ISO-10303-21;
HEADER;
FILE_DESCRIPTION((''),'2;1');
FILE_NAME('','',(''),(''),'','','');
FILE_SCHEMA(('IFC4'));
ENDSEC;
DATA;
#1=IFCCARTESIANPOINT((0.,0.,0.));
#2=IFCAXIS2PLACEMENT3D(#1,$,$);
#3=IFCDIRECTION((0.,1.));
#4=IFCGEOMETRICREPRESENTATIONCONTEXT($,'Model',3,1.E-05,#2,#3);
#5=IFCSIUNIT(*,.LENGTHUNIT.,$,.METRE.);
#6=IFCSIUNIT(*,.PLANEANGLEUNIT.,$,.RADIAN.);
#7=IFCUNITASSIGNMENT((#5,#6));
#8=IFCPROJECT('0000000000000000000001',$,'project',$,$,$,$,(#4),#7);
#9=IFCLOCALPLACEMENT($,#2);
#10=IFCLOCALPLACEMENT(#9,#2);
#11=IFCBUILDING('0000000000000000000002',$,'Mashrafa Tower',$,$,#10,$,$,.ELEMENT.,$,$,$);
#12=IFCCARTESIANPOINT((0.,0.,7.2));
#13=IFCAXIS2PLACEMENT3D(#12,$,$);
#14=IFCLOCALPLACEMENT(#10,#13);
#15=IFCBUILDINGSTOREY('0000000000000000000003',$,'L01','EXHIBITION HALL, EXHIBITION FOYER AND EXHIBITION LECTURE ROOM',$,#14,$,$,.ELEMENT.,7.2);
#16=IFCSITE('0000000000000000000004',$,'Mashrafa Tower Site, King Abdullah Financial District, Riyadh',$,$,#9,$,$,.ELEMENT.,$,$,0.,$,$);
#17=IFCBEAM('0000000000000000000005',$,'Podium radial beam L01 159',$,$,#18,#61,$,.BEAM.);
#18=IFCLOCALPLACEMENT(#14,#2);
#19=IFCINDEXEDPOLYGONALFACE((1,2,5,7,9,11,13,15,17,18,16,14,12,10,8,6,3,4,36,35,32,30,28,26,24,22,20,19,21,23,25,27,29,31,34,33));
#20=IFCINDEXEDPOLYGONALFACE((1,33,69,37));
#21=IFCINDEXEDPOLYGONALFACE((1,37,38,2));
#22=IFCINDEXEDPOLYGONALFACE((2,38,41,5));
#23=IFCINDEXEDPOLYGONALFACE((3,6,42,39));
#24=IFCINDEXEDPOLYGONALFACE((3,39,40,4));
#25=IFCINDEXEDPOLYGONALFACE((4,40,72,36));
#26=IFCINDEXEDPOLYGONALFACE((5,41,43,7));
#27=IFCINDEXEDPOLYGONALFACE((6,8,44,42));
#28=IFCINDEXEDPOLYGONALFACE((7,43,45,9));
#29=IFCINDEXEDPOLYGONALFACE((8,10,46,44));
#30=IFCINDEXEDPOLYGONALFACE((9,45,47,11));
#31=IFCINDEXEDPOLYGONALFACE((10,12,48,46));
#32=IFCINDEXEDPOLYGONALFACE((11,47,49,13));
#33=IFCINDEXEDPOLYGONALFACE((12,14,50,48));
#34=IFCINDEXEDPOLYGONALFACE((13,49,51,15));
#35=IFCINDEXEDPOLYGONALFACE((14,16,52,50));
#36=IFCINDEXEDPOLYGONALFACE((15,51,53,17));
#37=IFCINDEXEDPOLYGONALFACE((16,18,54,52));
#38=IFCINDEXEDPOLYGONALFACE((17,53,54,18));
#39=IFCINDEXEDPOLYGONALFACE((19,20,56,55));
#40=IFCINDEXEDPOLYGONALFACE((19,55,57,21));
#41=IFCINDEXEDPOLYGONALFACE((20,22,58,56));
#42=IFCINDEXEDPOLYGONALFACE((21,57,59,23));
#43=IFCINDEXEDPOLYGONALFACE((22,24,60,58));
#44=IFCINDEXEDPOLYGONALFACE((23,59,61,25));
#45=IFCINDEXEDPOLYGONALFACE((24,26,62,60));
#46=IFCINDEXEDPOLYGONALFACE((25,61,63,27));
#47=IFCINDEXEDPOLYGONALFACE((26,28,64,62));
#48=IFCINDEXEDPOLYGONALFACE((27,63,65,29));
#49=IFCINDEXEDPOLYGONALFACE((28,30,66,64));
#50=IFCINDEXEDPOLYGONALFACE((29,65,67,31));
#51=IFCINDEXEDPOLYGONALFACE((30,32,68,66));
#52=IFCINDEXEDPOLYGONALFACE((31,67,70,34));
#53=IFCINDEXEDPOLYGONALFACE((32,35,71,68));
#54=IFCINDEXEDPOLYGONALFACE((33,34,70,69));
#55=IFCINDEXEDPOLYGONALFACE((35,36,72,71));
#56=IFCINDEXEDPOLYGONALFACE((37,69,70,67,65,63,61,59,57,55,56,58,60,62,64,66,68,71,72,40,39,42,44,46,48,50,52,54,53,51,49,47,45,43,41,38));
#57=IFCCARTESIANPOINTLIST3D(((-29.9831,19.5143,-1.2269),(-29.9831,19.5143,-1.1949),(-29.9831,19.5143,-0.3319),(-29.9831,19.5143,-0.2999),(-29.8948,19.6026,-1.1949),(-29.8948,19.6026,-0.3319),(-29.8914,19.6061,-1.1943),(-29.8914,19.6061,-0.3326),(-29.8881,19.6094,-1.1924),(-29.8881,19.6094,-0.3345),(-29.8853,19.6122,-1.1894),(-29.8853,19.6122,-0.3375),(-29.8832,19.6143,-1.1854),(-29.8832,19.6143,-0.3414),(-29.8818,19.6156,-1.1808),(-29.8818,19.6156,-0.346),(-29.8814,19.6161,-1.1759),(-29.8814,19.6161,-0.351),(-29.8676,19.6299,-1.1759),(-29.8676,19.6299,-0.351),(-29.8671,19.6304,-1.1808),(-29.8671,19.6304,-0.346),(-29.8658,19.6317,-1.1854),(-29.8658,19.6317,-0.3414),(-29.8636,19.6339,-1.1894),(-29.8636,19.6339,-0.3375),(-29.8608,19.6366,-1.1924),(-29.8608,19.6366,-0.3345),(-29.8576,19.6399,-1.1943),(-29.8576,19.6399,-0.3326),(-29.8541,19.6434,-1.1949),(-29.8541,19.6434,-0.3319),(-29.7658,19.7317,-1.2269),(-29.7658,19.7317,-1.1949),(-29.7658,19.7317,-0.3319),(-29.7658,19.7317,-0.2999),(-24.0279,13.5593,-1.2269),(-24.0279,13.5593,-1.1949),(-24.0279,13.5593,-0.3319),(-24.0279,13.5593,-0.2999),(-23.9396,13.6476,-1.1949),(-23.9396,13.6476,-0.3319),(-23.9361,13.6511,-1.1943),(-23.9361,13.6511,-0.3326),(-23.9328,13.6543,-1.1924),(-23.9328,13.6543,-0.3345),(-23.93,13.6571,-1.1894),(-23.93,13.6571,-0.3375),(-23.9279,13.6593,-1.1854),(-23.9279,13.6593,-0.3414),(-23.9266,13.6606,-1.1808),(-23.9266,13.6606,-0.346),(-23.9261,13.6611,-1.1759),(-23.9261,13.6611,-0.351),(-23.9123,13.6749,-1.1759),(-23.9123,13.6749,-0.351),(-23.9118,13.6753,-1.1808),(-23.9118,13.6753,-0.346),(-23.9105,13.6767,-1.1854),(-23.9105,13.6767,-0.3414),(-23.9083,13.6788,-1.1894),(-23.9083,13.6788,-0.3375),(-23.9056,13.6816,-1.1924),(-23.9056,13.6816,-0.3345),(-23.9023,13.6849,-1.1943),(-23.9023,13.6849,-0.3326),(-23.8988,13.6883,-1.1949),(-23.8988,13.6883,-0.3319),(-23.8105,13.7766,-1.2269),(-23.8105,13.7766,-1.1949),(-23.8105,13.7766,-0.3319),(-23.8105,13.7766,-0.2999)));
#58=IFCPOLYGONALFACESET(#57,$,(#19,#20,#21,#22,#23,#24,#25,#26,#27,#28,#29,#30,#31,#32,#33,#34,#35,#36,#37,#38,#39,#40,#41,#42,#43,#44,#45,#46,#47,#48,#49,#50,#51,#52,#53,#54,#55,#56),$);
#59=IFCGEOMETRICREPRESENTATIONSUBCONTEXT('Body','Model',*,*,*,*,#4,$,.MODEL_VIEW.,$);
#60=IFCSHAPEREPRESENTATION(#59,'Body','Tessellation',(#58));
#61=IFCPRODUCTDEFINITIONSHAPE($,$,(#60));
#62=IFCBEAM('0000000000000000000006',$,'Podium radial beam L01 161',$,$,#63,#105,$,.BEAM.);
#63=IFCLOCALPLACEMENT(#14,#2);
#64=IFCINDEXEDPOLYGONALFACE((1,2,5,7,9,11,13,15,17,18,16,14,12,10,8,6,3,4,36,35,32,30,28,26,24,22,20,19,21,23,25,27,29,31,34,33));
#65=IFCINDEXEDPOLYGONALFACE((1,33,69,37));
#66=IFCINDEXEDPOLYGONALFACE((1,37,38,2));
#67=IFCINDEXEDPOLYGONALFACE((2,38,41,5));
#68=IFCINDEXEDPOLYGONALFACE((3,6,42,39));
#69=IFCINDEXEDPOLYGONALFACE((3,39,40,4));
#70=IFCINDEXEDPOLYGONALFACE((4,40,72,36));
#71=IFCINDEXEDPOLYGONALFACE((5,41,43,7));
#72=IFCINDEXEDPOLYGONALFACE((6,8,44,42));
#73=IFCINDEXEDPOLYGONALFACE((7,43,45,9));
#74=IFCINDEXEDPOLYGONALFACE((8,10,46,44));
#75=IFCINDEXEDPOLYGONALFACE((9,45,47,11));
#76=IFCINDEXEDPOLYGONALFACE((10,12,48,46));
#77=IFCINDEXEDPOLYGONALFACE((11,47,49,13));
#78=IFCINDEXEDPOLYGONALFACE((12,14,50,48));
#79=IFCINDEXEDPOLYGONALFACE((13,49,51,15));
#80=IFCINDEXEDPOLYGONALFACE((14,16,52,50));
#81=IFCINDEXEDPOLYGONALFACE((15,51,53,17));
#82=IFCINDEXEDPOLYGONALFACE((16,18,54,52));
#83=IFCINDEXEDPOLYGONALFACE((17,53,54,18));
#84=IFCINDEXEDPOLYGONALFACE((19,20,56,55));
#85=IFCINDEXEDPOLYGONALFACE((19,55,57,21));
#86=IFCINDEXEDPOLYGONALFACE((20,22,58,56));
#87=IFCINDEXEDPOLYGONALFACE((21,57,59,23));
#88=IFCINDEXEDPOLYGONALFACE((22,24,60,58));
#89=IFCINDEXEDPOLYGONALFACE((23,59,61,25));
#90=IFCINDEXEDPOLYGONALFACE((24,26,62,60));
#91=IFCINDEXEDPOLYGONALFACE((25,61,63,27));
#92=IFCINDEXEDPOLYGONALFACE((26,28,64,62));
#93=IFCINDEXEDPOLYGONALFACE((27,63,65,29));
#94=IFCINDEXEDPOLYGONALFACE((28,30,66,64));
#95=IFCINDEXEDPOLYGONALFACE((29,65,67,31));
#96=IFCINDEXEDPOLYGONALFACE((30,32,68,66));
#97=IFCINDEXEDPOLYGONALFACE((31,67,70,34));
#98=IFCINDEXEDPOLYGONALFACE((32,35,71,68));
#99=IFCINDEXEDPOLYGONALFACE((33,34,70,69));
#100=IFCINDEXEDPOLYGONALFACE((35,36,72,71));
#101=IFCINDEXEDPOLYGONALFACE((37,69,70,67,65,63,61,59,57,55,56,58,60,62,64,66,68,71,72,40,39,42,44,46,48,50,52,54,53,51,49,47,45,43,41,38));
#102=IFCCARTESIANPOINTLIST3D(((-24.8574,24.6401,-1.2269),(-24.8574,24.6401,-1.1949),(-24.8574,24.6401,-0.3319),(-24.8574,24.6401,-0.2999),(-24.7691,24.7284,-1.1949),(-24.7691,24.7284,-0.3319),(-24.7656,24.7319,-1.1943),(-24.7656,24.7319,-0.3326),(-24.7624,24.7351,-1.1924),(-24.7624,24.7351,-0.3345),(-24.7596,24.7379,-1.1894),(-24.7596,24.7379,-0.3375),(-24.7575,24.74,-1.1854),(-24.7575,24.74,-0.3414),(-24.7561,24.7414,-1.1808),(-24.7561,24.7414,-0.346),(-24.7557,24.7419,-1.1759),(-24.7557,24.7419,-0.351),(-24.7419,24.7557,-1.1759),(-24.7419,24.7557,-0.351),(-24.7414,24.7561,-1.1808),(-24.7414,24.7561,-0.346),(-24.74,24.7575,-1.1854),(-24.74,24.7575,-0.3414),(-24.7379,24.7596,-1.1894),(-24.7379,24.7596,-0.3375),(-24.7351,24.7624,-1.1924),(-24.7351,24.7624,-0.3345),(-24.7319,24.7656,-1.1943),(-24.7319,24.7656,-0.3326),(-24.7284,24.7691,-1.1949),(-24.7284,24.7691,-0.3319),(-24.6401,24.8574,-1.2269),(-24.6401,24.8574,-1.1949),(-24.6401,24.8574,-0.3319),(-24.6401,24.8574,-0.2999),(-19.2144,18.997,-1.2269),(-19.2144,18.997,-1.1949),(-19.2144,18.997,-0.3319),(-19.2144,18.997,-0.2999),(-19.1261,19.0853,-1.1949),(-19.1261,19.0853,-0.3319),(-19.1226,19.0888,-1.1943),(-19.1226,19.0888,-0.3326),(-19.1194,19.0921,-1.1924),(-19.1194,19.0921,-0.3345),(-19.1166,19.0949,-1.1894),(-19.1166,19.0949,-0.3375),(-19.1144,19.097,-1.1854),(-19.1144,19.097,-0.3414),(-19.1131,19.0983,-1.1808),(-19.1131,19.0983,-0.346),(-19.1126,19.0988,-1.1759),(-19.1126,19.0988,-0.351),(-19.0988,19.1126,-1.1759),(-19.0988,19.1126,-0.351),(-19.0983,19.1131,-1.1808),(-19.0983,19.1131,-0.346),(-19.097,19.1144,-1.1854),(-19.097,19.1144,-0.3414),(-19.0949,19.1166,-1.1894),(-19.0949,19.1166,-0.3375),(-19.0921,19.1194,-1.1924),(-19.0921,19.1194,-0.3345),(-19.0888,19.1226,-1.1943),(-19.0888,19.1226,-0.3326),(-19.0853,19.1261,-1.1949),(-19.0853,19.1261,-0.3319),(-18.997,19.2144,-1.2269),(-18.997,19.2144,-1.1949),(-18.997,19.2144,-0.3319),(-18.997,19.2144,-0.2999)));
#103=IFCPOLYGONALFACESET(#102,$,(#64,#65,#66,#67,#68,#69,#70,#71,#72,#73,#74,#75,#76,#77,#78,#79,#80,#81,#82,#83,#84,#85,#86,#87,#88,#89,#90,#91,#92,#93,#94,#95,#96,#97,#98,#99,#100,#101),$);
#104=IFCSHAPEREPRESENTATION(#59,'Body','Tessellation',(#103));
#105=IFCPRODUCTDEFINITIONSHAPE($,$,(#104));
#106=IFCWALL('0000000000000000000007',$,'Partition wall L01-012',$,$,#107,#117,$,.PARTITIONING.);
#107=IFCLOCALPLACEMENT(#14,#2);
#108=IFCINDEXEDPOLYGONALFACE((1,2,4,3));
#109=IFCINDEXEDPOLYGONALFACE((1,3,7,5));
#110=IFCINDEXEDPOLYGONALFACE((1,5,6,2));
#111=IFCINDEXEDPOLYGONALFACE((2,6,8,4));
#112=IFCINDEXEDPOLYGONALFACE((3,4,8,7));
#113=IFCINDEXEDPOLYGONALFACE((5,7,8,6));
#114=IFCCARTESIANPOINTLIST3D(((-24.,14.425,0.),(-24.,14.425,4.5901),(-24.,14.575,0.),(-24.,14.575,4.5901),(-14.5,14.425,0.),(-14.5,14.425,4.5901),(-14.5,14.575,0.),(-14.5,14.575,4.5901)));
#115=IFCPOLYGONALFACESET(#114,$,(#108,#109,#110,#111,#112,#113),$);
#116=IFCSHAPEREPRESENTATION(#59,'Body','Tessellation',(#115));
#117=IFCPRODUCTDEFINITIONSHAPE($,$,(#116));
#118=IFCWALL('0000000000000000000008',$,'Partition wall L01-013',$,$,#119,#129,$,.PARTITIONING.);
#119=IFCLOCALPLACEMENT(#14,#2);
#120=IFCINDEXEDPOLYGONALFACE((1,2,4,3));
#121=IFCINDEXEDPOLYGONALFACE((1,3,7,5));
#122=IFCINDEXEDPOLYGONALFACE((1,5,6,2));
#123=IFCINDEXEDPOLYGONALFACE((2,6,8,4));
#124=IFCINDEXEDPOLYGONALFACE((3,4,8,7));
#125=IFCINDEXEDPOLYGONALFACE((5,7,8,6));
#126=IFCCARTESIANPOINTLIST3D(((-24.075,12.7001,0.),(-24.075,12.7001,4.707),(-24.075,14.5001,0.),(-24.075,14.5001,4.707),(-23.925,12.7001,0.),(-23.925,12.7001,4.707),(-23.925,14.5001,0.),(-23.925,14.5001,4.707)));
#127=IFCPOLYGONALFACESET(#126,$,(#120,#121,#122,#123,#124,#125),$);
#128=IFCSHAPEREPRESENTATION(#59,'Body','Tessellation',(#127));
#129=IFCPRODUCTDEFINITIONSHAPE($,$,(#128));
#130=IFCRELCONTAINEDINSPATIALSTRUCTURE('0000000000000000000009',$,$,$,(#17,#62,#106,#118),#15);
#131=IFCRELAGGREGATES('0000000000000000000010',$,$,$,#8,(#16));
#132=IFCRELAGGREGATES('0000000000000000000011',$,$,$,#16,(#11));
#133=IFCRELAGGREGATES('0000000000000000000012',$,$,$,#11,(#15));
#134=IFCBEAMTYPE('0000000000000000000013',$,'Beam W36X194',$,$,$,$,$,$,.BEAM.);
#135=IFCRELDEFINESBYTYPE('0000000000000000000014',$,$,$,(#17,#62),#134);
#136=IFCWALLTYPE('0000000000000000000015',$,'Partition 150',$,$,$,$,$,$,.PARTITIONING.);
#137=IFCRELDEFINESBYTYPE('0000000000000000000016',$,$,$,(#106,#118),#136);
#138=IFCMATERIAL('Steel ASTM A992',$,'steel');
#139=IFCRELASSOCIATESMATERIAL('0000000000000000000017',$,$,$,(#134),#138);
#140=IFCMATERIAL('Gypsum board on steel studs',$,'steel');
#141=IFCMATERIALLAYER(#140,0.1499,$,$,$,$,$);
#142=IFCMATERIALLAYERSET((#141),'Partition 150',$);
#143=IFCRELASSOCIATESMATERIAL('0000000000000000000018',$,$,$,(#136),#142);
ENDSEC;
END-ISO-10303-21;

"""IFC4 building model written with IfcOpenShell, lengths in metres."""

from ifc_helpers import new_model, si_unit, direction, frame, frame_2d, origin, origin_2d, place, context, subcontext, project, spatial, rectangle, i_section, extrude, material, layer, layer_set, material_profile, profile_set, type_object, element, save


model = new_model("IFC4")

# Units and contexts
model_context = context("Model", 3, precision=1e-05, world=origin(), true_north=direction((0.0, 1.0)))
body_context = subcontext(model_context, "Body", "Model", "MODEL_VIEW")
ifc_project = project(units=[si_unit("LENGTHUNIT", "METRE"), si_unit("PLANEANGLEUNIT", "RADIAN")], contexts=[model_context])

# Site, building, storey
site_placement = place(None, origin())
site = spatial("IfcSite", under=ifc_project, at=site_placement, Name="Mashrafa Tower Site, King Abdullah Financial District, Riyadh", CompositionType="ELEMENT", RefElevation=0.0)
building_placement = place(site_placement, origin())
building = spatial("IfcBuilding", under=site, at=building_placement, Name="Mashrafa Tower", CompositionType="ELEMENT")
storey_placement = place(building_placement, frame((0.0, 0.0, 7.2)))
storey = spatial("IfcBuildingStorey", under=building, at=storey_placement, Name="L01", Description="EXHIBITION HALL, EXHIBITION FOYER AND EXHIBITION LECTURE ROOM", CompositionType="ELEMENT", Elevation=7.2)

# Beams
ifc_material_1 = material(Name="Steel ASTM A992", Category="steel")
ifc_material_profile_1 = material_profile(ifc_material_1, i_section(OverallWidth=0.3074, OverallDepth=0.927, WebThickness=0.0195, FlangeThickness=0.032, FilletRadius=0.019, at=origin_2d()), Name="W36X194")
ifc_profile_set_1 = profile_set([ifc_material_profile_1], Name="Steel ASTM A992")
beam_type_1 = type_object("IfcBeamType", Name="Beam W36X194", PredefinedType="BEAM", material=ifc_profile_set_1)
beam_1_placement = place(storey_placement, frame((-23.9192, 13.668, -0.7634), z_axis=(-0.707121, 0.707092, 0.0), x_axis=(-0.707092, -0.707121, 0.0)))
element("IfcBeam", 1, at=beam_1_placement, inside=storey, type_object=beam_type_1, Name="Podium radial beam L01 159", PredefinedType="BEAM", context=body_context, shape_type="SweptSolid", body=[
    extrude(i_section(OverallWidth=0.3074, OverallDepth=0.927, WebThickness=0.0195, FlangeThickness=0.032, FilletRadius=0.019, at=origin_2d()), origin(), (0.0, 0.0, 1.0), 8.4219),
])
beam_2_placement = place(storey_placement, frame((-19.1057, 19.1057, -0.7634), z_axis=(-0.707107, 0.707107, 0.0), x_axis=(-0.707107, -0.707107, 0.0)))
element("IfcBeam", 2, at=beam_2_placement, inside=storey, type_object=beam_type_1, Name="Podium radial beam L01 161", PredefinedType="BEAM", context=body_context, shape_type="SweptSolid", body=[
    extrude(i_section(OverallWidth=0.3074, OverallDepth=0.927, WebThickness=0.0195, FlangeThickness=0.032, FilletRadius=0.019, at=origin_2d()), origin(), (0.0, 0.0, 1.0), 7.9805),
])

# Walls
ifc_material_2 = material(Name="Gypsum board on steel studs", Category="steel")
ifc_layer_1 = layer(ifc_material_2, 0.1499)
ifc_layer_set_1 = layer_set([ifc_layer_1], Name="Partition 150")
wall_type_1 = type_object("IfcWallType", Name="Partition 150", PredefinedType="PARTITIONING", material=ifc_layer_set_1)
wall_1_placement = place(storey_placement, frame((-14.5, 14.5, 0.0), z_axis=(0.0, 0.0, 1.0), x_axis=(-1.0, 0.0, 0.0)))
element("IfcWall", 3, at=wall_1_placement, inside=storey, type_object=wall_type_1, Name="Partition wall L01-012", PredefinedType="PARTITIONING", context=body_context, shape_type="SweptSolid", body=[
    extrude(rectangle(XDim=9.5, YDim=0.1499, at=frame_2d((4.75, 0.0))), origin(), (0.0, 0.0, 1.0), 4.5901),
])
wall_2_placement = place(storey_placement, frame((-24.0, 14.5, 0.0), z_axis=(0.0, 0.0, 1.0), x_axis=(0.0, -1.0, 0.0)))
element("IfcWall", 4, at=wall_2_placement, inside=storey, type_object=wall_type_1, Name="Partition wall L01-013", PredefinedType="PARTITIONING", context=body_context, shape_type="SweptSolid", body=[
    extrude(rectangle(XDim=1.8, YDim=0.1499, at=frame_2d((0.8999, 0.0))), origin(), (0.0, 0.0, 1.0), 4.707),
])

save(model, "model.ifc")
